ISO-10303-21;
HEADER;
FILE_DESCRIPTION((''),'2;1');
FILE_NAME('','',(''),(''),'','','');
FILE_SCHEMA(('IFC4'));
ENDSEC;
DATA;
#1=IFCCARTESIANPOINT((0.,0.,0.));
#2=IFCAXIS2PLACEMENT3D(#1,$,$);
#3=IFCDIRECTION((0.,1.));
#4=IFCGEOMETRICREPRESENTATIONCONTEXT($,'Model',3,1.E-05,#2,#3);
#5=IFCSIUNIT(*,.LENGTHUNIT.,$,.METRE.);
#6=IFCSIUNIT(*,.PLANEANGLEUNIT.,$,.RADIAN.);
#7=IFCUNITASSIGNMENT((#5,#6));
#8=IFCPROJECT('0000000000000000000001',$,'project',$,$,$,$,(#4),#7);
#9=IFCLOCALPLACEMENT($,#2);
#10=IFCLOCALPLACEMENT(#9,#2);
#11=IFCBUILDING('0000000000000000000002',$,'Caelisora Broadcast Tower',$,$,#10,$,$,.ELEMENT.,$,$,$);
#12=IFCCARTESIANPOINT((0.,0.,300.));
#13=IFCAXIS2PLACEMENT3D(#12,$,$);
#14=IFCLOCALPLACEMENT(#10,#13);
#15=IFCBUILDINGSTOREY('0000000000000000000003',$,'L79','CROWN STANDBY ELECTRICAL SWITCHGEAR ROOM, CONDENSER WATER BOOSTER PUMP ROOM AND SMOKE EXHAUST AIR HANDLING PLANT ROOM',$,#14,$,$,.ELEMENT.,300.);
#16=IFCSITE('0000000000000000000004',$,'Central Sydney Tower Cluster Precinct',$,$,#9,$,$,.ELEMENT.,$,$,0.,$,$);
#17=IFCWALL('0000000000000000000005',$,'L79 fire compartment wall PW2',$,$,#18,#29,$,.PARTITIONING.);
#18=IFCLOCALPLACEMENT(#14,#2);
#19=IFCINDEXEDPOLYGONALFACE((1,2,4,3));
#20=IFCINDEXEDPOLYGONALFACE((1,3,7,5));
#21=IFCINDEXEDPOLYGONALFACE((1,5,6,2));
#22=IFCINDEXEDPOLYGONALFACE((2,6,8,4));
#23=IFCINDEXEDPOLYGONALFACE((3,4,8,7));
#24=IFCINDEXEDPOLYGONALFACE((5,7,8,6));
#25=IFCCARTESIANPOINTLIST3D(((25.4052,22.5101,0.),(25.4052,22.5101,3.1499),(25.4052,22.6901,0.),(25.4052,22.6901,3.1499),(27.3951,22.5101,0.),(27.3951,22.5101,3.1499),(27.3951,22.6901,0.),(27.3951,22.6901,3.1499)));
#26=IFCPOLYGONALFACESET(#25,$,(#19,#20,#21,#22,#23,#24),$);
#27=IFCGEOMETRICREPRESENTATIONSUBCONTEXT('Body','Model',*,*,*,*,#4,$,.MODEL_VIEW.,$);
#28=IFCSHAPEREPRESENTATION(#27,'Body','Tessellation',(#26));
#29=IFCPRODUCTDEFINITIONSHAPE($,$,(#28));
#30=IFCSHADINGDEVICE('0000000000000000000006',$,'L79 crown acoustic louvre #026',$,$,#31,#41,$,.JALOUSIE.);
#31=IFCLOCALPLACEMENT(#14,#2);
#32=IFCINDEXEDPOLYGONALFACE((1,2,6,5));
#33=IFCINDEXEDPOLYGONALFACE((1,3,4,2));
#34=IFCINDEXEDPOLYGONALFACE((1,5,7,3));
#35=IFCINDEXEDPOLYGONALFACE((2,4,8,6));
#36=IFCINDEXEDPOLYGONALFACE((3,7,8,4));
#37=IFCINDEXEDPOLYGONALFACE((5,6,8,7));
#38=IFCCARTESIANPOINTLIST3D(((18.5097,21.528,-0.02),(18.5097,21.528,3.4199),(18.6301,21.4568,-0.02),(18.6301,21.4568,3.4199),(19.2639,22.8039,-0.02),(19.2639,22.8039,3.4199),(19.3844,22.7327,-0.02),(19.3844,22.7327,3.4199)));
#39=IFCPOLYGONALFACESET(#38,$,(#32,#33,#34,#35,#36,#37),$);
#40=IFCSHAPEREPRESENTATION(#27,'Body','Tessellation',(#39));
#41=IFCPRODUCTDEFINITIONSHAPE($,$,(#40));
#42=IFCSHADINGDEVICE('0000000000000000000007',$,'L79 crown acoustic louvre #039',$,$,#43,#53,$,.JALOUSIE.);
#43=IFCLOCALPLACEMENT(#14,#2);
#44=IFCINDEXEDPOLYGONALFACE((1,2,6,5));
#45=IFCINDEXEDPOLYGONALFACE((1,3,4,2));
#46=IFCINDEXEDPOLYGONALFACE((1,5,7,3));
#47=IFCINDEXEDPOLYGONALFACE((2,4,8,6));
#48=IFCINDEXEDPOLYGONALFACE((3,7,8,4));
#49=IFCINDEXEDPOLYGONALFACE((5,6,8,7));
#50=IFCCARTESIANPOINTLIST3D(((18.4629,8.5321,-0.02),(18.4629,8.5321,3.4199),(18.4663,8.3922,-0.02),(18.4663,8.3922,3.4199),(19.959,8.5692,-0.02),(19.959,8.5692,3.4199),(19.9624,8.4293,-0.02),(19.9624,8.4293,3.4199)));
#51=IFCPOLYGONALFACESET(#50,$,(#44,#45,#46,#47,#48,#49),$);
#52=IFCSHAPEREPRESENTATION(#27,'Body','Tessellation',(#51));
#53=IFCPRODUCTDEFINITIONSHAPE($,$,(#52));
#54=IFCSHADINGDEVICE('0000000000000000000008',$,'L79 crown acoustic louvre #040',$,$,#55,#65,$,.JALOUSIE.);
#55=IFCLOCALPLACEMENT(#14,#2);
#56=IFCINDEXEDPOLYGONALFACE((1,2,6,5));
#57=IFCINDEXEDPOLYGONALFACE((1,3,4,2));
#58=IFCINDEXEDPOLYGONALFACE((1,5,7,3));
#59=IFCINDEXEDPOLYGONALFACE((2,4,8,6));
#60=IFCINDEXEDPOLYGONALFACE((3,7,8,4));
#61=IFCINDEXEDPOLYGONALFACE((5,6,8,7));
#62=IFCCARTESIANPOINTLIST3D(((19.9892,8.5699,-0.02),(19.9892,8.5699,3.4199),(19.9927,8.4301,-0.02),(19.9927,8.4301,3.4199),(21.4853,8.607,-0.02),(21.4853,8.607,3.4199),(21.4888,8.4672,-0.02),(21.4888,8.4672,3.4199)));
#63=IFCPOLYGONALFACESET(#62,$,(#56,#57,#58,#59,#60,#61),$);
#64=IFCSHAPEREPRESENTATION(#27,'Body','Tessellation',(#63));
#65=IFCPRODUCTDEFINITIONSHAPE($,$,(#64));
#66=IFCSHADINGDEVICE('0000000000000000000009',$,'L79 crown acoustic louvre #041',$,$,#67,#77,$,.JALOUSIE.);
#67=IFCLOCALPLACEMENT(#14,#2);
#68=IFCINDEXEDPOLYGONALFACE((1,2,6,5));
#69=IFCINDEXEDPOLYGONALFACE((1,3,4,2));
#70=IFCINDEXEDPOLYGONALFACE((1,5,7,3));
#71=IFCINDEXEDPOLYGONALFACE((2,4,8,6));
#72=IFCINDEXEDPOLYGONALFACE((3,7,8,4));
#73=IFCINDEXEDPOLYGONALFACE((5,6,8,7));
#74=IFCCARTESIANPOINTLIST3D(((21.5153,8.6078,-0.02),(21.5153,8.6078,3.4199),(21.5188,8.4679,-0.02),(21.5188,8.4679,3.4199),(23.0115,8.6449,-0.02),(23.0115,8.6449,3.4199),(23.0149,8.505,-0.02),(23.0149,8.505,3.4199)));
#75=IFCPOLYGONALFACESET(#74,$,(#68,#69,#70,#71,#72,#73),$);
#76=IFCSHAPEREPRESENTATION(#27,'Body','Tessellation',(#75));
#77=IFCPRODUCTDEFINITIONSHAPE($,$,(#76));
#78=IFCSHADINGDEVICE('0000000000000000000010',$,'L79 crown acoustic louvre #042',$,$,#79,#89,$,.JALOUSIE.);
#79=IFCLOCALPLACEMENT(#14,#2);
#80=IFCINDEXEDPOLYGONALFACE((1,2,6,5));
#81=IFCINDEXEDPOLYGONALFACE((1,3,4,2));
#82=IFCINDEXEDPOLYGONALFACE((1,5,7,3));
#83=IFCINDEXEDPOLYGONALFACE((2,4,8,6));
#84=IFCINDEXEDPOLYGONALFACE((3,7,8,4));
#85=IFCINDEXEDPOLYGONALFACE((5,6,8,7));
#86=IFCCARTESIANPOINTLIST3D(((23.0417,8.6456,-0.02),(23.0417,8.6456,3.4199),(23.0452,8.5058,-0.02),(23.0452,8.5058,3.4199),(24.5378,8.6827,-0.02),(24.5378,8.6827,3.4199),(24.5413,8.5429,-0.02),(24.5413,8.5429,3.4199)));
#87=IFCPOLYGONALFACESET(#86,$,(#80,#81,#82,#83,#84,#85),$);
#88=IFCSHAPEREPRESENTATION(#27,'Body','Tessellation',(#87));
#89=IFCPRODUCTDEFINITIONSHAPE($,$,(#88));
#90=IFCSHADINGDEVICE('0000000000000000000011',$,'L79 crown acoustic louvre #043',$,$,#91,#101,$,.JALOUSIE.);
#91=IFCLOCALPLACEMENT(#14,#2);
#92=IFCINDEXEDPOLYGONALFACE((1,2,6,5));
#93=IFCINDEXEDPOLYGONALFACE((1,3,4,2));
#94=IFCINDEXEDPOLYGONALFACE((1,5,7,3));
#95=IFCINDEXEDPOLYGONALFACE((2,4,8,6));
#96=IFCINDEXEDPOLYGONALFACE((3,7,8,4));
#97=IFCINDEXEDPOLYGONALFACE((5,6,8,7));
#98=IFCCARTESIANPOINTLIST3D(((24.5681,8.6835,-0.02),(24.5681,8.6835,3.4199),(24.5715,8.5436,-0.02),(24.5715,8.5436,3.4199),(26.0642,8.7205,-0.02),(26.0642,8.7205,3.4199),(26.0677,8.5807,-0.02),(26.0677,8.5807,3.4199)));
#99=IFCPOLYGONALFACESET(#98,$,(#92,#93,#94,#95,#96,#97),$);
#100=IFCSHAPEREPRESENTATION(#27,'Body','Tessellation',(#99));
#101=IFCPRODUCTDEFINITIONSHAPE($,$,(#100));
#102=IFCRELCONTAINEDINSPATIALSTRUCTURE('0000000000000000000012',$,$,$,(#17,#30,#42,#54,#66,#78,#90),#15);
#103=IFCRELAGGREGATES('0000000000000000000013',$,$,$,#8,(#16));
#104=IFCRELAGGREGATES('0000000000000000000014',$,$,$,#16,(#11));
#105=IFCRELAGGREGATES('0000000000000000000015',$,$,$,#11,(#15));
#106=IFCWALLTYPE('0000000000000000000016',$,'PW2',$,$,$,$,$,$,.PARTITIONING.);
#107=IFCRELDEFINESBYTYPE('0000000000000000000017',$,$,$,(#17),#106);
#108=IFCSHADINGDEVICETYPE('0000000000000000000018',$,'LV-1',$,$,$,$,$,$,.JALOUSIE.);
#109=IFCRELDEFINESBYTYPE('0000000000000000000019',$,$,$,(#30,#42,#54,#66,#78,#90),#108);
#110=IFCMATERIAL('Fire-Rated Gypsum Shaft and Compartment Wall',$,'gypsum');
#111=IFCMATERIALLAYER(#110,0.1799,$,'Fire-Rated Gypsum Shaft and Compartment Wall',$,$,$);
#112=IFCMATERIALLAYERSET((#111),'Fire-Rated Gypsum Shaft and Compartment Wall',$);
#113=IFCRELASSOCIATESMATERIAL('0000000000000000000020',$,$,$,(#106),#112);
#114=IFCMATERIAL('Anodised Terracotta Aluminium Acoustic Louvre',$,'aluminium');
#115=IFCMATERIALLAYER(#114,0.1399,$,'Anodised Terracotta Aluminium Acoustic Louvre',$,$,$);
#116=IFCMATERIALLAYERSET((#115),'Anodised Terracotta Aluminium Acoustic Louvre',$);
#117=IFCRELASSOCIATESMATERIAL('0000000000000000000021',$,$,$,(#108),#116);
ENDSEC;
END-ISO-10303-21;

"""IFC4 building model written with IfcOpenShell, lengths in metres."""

from ifc_helpers import new_model, si_unit, direction, frame, frame_2d, origin, origin_2d, place, context, subcontext, project, spatial, rectangle, extrude, source, transform, mapped, material, layer, layer_set, type_object, type_shapes, element, save


model = new_model("IFC4")

# Units and contexts
model_context = context("Model", 3, precision=1e-05, world=origin(), true_north=direction((0.0, 1.0)))
body_context = subcontext(model_context, "Body", "Model", "MODEL_VIEW")
ifc_project = project(units=[si_unit("LENGTHUNIT", "METRE"), si_unit("PLANEANGLEUNIT", "RADIAN")], contexts=[model_context])

# Site, building, storey
site_placement = place(None, origin())
site = spatial("IfcSite", under=ifc_project, at=site_placement, Name="Central Sydney Tower Cluster Precinct", CompositionType="ELEMENT", RefElevation=0.0)
building_placement = place(site_placement, origin())
building = spatial("IfcBuilding", under=site, at=building_placement, Name="Caelisora Broadcast Tower", CompositionType="ELEMENT")
storey_placement = place(building_placement, frame((0.0, 0.0, 300.0)))
storey = spatial("IfcBuildingStorey", under=building, at=storey_placement, Name="L79", Description="CROWN STANDBY ELECTRICAL SWITCHGEAR ROOM, CONDENSER WATER BOOSTER PUMP ROOM AND SMOKE EXHAUST AIR HANDLING PLANT ROOM", CompositionType="ELEMENT", Elevation=300.0)

# Wall
ifc_material_1 = material(Name="Fire-Rated Gypsum Shaft and Compartment Wall", Category="gypsum")
ifc_layer_1 = layer(ifc_material_1, 0.1799, Name="Fire-Rated Gypsum Shaft and Compartment Wall")
ifc_layer_set_1 = layer_set([ifc_layer_1], Name="Fire-Rated Gypsum Shaft and Compartment Wall")
wall_type = type_object("IfcWallType", Name="PW2", PredefinedType="PARTITIONING", material=ifc_layer_set_1)
wall_placement = place(storey_placement, frame((25.405, 22.6001, 0.0), z_axis=(0.0, 0.0, 1.0), x_axis=(1.0, 0.0, 0.0)))
element("IfcWall", 1, at=wall_placement, inside=storey, type_object=wall_type, Name="L79 fire compartment wall PW2", PredefinedType="PARTITIONING", context=body_context, shape_type="SweptSolid", body=[
    extrude(rectangle(XDim=1.99, YDim=0.1799, at=frame_2d((0.9951, 0.0))), origin(), (0.0, 0.0, 1.0), 3.1499),
])

# Shading devices
ifc_material_2 = material(Name="Anodised Terracotta Aluminium Acoustic Louvre", Category="aluminium")
ifc_layer_2 = layer(ifc_material_2, 0.1399, Name="Anodised Terracotta Aluminium Acoustic Louvre")
ifc_layer_set_2 = layer_set([ifc_layer_2], Name="Anodised Terracotta Aluminium Acoustic Louvre")
shading_device_type = type_object("IfcShadingDeviceType", Name="LV-1", PredefinedType="JALOUSIE", material=ifc_layer_set_2)
shared_shape_1 = source(origin(), body_context, "Body", "SweptSolid", [
    extrude(rectangle(XDim=1.4822, YDim=0.1399, at=origin_2d()), origin(), (0.0, 0.0, 1.0), 3.4399),
])
shading_device_placement = place(storey_placement, frame((18.947, 22.1304, -0.02), z_axis=(0.0, 0.0, 1.0), x_axis=(-0.508891, -0.860831, 0.0)))
element("IfcShadingDevice", 2, at=shading_device_placement, inside=storey, type_object=shading_device_type, Name="L79 crown acoustic louvre #026", PredefinedType="JALOUSIE", context=body_context, shape_type="MappedRepresentation", body=[
    mapped(shared_shape_1, transform((0.0, 0.0, 0.0), scale=1.0)),
])
shared_shape_2 = source(origin(), body_context, "Body", "SweptSolid", [
    extrude(rectangle(XDim=1.4966, YDim=0.1399, at=origin_2d()), origin(), (0.0, 0.0, 1.0), 3.4399),
])
type_shapes(shading_device_type, [shared_shape_1, shared_shape_2])
for number, where, z_axis, x_axis, name in (
    (3, (19.2126, 8.4807, -0.02), (0.0, 0.0, 1.0), (0.999693, 0.024781, 0.0), "L79 crown acoustic louvre #039"),
    (4, (20.739, 8.5186, -0.02), (0.0, 0.0, 1.0), (0.999693, 0.024781, 0.0), "L79 crown acoustic louvre #040"),
    (5, (22.2651, 8.5564, -0.02), (0.0, 0.0, 1.0), (0.999693, 0.024781, 0.0), "L79 crown acoustic louvre #041"),
    (6, (23.7915, 8.5942, -0.02), (0.0, 0.0, 1.0), (0.999693, 0.024781, 0.0), "L79 crown acoustic louvre #042"),
    (7, (25.3179, 8.6321, -0.02), (0.0, 0.0, 1.0), (0.999693, 0.024781, 0.0), "L79 crown acoustic louvre #043"),
):
    element("IfcShadingDevice", number, at=place(storey_placement, frame(where, z_axis=z_axis, x_axis=x_axis)), inside=storey, type_object=shading_device_type, Name=name, PredefinedType="JALOUSIE", context=body_context, shape_type="MappedRepresentation", body=[
        mapped(shared_shape_2, transform((0.0, 0.0, 0.0), scale=1.0)),
    ])

save(model, "model.ifc")
